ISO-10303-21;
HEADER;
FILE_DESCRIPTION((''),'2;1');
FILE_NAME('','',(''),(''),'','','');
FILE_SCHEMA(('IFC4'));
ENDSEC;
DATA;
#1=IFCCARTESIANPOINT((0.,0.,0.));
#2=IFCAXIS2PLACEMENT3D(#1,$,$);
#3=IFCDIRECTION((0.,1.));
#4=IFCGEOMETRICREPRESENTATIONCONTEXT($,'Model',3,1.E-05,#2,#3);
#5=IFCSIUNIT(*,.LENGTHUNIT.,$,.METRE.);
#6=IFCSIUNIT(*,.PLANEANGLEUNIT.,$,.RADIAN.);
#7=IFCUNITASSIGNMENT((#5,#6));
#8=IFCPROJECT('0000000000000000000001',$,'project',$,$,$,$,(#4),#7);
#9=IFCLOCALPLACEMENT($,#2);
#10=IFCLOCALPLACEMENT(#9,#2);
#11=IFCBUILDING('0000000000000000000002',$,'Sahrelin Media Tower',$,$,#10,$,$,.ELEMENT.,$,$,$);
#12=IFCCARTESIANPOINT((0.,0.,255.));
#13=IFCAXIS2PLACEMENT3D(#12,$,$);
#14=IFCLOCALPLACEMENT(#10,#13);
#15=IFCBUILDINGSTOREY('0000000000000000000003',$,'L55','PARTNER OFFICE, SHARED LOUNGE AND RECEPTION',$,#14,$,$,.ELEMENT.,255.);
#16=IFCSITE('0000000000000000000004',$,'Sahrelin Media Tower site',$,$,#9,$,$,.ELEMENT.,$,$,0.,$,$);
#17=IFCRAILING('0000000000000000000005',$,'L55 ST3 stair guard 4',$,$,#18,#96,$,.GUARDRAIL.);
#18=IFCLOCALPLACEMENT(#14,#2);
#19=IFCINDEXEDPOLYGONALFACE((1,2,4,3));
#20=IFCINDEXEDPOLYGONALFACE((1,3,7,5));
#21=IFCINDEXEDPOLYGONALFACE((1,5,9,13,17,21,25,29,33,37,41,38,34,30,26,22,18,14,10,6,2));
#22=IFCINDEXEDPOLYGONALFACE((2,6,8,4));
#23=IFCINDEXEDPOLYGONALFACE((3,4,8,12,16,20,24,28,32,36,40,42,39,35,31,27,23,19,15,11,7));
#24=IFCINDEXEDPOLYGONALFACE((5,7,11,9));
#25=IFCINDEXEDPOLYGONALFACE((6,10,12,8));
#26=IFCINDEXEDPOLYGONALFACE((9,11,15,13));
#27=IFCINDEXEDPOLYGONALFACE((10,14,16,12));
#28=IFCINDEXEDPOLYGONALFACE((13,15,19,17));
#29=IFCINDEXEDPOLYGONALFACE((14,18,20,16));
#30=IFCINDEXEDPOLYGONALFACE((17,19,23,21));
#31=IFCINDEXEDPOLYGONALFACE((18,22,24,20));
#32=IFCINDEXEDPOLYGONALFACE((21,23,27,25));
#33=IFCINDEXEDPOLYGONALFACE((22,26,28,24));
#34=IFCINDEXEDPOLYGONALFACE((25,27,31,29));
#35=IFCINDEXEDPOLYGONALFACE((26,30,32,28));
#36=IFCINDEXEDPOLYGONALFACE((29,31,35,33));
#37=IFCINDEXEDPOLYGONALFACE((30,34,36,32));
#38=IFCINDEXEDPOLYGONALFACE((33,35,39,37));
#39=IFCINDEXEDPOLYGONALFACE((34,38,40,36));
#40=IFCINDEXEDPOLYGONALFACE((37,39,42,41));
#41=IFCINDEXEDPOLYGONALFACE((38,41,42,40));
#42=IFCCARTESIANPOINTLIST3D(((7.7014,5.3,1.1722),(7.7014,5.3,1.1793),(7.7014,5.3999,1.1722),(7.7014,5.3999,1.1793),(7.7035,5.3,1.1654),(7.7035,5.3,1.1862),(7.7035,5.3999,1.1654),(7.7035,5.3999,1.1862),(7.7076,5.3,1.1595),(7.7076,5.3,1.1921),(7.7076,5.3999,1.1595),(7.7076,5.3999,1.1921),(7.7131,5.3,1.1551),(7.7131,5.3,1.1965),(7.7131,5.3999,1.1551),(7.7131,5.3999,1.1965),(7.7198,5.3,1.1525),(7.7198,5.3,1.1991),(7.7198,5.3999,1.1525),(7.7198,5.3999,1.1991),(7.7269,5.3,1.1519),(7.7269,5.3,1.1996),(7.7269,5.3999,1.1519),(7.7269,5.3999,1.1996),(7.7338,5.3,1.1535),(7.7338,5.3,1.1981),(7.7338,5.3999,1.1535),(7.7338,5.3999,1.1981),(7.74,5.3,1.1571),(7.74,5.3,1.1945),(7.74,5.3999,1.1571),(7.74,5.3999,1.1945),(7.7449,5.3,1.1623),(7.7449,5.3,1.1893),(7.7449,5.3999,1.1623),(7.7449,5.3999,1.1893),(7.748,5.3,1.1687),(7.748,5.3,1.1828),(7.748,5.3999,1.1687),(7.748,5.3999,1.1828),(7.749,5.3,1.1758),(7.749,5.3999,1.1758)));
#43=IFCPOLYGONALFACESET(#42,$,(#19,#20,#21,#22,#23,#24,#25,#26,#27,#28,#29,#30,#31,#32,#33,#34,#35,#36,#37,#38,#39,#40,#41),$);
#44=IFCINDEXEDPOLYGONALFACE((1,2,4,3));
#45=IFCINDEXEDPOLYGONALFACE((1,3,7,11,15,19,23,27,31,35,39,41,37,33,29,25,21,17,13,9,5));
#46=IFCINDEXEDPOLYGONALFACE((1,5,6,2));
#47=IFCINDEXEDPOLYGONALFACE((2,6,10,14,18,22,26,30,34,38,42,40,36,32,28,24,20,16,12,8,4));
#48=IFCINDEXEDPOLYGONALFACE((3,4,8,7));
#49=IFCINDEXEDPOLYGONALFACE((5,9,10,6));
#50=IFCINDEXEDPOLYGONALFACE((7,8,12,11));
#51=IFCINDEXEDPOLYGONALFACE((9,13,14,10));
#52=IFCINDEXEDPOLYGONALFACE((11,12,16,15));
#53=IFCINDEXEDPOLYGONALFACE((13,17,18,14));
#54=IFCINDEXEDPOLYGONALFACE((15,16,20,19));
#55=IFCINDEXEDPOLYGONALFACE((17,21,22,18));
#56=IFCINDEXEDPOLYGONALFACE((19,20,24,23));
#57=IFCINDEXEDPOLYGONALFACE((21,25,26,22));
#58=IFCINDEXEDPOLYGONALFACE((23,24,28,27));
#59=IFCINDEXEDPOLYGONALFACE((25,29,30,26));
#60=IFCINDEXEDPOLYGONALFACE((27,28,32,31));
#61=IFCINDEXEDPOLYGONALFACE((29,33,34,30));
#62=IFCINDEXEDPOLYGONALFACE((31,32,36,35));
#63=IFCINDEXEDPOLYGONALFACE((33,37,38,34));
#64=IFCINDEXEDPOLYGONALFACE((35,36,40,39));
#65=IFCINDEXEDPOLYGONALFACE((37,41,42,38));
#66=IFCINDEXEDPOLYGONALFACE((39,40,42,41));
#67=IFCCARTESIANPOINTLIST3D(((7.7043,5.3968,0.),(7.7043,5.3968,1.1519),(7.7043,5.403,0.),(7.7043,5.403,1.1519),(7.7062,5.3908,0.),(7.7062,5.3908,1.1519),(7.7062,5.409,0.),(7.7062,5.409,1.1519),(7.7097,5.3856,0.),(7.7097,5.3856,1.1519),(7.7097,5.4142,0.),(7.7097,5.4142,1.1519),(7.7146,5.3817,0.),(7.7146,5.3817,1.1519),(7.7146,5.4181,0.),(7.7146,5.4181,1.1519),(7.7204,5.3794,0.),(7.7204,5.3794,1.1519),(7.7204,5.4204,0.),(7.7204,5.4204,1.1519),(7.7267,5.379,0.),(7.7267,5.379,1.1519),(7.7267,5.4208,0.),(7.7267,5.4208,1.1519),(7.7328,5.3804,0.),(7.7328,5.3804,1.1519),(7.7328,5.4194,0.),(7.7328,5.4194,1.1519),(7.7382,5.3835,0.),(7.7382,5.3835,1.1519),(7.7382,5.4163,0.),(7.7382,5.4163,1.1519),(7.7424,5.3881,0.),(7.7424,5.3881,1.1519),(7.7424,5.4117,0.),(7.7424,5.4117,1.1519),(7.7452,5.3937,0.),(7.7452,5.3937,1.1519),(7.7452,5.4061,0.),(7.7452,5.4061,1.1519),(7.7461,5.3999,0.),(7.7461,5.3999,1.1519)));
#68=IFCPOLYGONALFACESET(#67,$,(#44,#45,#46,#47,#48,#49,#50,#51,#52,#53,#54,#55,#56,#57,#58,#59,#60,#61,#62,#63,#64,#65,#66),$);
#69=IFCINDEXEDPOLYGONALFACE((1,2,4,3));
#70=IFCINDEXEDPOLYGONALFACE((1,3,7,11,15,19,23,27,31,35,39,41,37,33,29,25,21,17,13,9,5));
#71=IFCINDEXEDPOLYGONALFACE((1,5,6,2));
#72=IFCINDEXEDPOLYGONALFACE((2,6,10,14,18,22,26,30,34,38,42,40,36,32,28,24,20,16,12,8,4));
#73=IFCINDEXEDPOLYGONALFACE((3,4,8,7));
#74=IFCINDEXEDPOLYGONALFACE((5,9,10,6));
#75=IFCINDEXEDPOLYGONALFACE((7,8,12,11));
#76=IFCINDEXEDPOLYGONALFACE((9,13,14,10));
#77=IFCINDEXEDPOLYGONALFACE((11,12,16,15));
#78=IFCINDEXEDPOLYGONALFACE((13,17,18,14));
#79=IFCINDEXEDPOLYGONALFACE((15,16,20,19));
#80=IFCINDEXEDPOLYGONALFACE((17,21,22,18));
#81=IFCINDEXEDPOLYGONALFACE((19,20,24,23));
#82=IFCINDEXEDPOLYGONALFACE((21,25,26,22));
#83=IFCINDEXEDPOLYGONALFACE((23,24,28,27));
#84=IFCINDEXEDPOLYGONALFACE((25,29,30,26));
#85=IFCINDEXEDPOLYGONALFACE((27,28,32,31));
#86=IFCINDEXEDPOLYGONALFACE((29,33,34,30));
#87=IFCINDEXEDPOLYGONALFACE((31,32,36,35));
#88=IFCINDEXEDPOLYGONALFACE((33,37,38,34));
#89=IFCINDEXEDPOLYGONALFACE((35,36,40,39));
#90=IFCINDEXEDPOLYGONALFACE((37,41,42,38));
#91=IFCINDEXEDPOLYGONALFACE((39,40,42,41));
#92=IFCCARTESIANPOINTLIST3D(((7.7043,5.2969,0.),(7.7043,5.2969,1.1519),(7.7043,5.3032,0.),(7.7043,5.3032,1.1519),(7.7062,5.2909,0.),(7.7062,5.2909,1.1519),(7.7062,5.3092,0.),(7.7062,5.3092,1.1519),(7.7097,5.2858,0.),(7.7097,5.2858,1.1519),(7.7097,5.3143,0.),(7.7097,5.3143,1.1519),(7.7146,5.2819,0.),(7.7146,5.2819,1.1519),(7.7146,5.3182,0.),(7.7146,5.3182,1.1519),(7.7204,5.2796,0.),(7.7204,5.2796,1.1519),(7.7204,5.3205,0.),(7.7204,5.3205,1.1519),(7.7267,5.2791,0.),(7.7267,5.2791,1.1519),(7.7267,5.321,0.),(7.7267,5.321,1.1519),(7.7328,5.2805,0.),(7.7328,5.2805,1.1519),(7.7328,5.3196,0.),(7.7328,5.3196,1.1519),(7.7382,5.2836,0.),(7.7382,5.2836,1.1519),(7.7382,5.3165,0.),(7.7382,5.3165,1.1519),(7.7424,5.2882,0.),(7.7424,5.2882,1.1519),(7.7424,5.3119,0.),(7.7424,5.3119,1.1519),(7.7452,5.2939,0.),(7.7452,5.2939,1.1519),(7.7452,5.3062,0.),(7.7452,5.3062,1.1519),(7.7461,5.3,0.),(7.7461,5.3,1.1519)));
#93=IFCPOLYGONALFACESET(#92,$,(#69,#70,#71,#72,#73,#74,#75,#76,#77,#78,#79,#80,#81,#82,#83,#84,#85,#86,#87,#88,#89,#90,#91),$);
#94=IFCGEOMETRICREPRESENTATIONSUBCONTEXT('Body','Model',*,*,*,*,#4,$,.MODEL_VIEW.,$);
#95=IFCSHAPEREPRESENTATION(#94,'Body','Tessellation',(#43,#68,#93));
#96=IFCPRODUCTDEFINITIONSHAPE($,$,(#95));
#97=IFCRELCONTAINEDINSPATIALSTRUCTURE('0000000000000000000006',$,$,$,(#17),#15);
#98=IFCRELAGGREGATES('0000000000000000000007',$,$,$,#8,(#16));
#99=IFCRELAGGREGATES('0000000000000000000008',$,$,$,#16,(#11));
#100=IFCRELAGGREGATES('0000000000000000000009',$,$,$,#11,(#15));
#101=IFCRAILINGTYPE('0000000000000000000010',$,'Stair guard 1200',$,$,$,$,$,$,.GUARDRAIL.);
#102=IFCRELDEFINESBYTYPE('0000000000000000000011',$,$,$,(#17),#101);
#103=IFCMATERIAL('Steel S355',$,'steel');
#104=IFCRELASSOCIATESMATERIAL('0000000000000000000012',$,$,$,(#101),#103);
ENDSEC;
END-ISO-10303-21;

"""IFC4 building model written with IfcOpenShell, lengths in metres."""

from ifc_helpers import new_model, si_unit, direction, frame, origin, origin_2d, place, context, subcontext, project, spatial, circle, extrude, material, type_object, element, save


model = new_model("IFC4")

# Units and contexts
model_context = context("Model", 3, precision=1e-05, world=origin(), true_north=direction((0.0, 1.0)))
body_context = subcontext(model_context, "Body", "Model", "MODEL_VIEW")
ifc_project = project(units=[si_unit("LENGTHUNIT", "METRE"), si_unit("PLANEANGLEUNIT", "RADIAN")], contexts=[model_context])

# Site, building, storey
site_placement = place(None, origin())
site = spatial("IfcSite", under=ifc_project, at=site_placement, Name="Sahrelin Media Tower site", CompositionType="ELEMENT", RefElevation=0.0)
building_placement = place(site_placement, origin())
building = spatial("IfcBuilding", under=site, at=building_placement, Name="Sahrelin Media Tower", CompositionType="ELEMENT")
storey_placement = place(building_placement, frame((0.0, 0.0, 255.0)))
storey = spatial("IfcBuildingStorey", under=building, at=storey_placement, Name="L55", Description="PARTNER OFFICE, SHARED LOUNGE AND RECEPTION", CompositionType="ELEMENT", Elevation=255.0)

# Shared definitions
ifc_material_1 = material(Name="Steel S355", Category="steel")

# Railing
railing_type_1 = type_object("IfcRailingType", Name="Stair guard 1200", PredefinedType="GUARDRAIL", material=ifc_material_1)
railing_1_placement = place(storey_placement, frame((7.7251, 5.3999, 0.0)))
element("IfcRailing", 1, at=railing_1_placement, inside=storey, type_object=railing_type_1, Name="L55 ST3 stair guard 4", PredefinedType="GUARDRAIL", context=body_context, shape_type="SweptSolid", body=[
    extrude(circle(Radius=0.0239, at=origin_2d()), frame((0.0, 0.0, 1.1758), z_axis=(0.0, -1.0, 0.0), x_axis=(1.0, 0.0, 0.0)), (0.0, 0.0, 1.0), 0.0999),
    extrude(circle(Radius=0.021, at=origin_2d()), origin(), (0.0, 0.0, 1.0), 1.1519),
    extrude(circle(Radius=0.021, at=origin_2d()), frame((0.0, -0.0999, 0.0)), (0.0, 0.0, 1.0), 1.1519),
])

save(model, "model.ifc")
